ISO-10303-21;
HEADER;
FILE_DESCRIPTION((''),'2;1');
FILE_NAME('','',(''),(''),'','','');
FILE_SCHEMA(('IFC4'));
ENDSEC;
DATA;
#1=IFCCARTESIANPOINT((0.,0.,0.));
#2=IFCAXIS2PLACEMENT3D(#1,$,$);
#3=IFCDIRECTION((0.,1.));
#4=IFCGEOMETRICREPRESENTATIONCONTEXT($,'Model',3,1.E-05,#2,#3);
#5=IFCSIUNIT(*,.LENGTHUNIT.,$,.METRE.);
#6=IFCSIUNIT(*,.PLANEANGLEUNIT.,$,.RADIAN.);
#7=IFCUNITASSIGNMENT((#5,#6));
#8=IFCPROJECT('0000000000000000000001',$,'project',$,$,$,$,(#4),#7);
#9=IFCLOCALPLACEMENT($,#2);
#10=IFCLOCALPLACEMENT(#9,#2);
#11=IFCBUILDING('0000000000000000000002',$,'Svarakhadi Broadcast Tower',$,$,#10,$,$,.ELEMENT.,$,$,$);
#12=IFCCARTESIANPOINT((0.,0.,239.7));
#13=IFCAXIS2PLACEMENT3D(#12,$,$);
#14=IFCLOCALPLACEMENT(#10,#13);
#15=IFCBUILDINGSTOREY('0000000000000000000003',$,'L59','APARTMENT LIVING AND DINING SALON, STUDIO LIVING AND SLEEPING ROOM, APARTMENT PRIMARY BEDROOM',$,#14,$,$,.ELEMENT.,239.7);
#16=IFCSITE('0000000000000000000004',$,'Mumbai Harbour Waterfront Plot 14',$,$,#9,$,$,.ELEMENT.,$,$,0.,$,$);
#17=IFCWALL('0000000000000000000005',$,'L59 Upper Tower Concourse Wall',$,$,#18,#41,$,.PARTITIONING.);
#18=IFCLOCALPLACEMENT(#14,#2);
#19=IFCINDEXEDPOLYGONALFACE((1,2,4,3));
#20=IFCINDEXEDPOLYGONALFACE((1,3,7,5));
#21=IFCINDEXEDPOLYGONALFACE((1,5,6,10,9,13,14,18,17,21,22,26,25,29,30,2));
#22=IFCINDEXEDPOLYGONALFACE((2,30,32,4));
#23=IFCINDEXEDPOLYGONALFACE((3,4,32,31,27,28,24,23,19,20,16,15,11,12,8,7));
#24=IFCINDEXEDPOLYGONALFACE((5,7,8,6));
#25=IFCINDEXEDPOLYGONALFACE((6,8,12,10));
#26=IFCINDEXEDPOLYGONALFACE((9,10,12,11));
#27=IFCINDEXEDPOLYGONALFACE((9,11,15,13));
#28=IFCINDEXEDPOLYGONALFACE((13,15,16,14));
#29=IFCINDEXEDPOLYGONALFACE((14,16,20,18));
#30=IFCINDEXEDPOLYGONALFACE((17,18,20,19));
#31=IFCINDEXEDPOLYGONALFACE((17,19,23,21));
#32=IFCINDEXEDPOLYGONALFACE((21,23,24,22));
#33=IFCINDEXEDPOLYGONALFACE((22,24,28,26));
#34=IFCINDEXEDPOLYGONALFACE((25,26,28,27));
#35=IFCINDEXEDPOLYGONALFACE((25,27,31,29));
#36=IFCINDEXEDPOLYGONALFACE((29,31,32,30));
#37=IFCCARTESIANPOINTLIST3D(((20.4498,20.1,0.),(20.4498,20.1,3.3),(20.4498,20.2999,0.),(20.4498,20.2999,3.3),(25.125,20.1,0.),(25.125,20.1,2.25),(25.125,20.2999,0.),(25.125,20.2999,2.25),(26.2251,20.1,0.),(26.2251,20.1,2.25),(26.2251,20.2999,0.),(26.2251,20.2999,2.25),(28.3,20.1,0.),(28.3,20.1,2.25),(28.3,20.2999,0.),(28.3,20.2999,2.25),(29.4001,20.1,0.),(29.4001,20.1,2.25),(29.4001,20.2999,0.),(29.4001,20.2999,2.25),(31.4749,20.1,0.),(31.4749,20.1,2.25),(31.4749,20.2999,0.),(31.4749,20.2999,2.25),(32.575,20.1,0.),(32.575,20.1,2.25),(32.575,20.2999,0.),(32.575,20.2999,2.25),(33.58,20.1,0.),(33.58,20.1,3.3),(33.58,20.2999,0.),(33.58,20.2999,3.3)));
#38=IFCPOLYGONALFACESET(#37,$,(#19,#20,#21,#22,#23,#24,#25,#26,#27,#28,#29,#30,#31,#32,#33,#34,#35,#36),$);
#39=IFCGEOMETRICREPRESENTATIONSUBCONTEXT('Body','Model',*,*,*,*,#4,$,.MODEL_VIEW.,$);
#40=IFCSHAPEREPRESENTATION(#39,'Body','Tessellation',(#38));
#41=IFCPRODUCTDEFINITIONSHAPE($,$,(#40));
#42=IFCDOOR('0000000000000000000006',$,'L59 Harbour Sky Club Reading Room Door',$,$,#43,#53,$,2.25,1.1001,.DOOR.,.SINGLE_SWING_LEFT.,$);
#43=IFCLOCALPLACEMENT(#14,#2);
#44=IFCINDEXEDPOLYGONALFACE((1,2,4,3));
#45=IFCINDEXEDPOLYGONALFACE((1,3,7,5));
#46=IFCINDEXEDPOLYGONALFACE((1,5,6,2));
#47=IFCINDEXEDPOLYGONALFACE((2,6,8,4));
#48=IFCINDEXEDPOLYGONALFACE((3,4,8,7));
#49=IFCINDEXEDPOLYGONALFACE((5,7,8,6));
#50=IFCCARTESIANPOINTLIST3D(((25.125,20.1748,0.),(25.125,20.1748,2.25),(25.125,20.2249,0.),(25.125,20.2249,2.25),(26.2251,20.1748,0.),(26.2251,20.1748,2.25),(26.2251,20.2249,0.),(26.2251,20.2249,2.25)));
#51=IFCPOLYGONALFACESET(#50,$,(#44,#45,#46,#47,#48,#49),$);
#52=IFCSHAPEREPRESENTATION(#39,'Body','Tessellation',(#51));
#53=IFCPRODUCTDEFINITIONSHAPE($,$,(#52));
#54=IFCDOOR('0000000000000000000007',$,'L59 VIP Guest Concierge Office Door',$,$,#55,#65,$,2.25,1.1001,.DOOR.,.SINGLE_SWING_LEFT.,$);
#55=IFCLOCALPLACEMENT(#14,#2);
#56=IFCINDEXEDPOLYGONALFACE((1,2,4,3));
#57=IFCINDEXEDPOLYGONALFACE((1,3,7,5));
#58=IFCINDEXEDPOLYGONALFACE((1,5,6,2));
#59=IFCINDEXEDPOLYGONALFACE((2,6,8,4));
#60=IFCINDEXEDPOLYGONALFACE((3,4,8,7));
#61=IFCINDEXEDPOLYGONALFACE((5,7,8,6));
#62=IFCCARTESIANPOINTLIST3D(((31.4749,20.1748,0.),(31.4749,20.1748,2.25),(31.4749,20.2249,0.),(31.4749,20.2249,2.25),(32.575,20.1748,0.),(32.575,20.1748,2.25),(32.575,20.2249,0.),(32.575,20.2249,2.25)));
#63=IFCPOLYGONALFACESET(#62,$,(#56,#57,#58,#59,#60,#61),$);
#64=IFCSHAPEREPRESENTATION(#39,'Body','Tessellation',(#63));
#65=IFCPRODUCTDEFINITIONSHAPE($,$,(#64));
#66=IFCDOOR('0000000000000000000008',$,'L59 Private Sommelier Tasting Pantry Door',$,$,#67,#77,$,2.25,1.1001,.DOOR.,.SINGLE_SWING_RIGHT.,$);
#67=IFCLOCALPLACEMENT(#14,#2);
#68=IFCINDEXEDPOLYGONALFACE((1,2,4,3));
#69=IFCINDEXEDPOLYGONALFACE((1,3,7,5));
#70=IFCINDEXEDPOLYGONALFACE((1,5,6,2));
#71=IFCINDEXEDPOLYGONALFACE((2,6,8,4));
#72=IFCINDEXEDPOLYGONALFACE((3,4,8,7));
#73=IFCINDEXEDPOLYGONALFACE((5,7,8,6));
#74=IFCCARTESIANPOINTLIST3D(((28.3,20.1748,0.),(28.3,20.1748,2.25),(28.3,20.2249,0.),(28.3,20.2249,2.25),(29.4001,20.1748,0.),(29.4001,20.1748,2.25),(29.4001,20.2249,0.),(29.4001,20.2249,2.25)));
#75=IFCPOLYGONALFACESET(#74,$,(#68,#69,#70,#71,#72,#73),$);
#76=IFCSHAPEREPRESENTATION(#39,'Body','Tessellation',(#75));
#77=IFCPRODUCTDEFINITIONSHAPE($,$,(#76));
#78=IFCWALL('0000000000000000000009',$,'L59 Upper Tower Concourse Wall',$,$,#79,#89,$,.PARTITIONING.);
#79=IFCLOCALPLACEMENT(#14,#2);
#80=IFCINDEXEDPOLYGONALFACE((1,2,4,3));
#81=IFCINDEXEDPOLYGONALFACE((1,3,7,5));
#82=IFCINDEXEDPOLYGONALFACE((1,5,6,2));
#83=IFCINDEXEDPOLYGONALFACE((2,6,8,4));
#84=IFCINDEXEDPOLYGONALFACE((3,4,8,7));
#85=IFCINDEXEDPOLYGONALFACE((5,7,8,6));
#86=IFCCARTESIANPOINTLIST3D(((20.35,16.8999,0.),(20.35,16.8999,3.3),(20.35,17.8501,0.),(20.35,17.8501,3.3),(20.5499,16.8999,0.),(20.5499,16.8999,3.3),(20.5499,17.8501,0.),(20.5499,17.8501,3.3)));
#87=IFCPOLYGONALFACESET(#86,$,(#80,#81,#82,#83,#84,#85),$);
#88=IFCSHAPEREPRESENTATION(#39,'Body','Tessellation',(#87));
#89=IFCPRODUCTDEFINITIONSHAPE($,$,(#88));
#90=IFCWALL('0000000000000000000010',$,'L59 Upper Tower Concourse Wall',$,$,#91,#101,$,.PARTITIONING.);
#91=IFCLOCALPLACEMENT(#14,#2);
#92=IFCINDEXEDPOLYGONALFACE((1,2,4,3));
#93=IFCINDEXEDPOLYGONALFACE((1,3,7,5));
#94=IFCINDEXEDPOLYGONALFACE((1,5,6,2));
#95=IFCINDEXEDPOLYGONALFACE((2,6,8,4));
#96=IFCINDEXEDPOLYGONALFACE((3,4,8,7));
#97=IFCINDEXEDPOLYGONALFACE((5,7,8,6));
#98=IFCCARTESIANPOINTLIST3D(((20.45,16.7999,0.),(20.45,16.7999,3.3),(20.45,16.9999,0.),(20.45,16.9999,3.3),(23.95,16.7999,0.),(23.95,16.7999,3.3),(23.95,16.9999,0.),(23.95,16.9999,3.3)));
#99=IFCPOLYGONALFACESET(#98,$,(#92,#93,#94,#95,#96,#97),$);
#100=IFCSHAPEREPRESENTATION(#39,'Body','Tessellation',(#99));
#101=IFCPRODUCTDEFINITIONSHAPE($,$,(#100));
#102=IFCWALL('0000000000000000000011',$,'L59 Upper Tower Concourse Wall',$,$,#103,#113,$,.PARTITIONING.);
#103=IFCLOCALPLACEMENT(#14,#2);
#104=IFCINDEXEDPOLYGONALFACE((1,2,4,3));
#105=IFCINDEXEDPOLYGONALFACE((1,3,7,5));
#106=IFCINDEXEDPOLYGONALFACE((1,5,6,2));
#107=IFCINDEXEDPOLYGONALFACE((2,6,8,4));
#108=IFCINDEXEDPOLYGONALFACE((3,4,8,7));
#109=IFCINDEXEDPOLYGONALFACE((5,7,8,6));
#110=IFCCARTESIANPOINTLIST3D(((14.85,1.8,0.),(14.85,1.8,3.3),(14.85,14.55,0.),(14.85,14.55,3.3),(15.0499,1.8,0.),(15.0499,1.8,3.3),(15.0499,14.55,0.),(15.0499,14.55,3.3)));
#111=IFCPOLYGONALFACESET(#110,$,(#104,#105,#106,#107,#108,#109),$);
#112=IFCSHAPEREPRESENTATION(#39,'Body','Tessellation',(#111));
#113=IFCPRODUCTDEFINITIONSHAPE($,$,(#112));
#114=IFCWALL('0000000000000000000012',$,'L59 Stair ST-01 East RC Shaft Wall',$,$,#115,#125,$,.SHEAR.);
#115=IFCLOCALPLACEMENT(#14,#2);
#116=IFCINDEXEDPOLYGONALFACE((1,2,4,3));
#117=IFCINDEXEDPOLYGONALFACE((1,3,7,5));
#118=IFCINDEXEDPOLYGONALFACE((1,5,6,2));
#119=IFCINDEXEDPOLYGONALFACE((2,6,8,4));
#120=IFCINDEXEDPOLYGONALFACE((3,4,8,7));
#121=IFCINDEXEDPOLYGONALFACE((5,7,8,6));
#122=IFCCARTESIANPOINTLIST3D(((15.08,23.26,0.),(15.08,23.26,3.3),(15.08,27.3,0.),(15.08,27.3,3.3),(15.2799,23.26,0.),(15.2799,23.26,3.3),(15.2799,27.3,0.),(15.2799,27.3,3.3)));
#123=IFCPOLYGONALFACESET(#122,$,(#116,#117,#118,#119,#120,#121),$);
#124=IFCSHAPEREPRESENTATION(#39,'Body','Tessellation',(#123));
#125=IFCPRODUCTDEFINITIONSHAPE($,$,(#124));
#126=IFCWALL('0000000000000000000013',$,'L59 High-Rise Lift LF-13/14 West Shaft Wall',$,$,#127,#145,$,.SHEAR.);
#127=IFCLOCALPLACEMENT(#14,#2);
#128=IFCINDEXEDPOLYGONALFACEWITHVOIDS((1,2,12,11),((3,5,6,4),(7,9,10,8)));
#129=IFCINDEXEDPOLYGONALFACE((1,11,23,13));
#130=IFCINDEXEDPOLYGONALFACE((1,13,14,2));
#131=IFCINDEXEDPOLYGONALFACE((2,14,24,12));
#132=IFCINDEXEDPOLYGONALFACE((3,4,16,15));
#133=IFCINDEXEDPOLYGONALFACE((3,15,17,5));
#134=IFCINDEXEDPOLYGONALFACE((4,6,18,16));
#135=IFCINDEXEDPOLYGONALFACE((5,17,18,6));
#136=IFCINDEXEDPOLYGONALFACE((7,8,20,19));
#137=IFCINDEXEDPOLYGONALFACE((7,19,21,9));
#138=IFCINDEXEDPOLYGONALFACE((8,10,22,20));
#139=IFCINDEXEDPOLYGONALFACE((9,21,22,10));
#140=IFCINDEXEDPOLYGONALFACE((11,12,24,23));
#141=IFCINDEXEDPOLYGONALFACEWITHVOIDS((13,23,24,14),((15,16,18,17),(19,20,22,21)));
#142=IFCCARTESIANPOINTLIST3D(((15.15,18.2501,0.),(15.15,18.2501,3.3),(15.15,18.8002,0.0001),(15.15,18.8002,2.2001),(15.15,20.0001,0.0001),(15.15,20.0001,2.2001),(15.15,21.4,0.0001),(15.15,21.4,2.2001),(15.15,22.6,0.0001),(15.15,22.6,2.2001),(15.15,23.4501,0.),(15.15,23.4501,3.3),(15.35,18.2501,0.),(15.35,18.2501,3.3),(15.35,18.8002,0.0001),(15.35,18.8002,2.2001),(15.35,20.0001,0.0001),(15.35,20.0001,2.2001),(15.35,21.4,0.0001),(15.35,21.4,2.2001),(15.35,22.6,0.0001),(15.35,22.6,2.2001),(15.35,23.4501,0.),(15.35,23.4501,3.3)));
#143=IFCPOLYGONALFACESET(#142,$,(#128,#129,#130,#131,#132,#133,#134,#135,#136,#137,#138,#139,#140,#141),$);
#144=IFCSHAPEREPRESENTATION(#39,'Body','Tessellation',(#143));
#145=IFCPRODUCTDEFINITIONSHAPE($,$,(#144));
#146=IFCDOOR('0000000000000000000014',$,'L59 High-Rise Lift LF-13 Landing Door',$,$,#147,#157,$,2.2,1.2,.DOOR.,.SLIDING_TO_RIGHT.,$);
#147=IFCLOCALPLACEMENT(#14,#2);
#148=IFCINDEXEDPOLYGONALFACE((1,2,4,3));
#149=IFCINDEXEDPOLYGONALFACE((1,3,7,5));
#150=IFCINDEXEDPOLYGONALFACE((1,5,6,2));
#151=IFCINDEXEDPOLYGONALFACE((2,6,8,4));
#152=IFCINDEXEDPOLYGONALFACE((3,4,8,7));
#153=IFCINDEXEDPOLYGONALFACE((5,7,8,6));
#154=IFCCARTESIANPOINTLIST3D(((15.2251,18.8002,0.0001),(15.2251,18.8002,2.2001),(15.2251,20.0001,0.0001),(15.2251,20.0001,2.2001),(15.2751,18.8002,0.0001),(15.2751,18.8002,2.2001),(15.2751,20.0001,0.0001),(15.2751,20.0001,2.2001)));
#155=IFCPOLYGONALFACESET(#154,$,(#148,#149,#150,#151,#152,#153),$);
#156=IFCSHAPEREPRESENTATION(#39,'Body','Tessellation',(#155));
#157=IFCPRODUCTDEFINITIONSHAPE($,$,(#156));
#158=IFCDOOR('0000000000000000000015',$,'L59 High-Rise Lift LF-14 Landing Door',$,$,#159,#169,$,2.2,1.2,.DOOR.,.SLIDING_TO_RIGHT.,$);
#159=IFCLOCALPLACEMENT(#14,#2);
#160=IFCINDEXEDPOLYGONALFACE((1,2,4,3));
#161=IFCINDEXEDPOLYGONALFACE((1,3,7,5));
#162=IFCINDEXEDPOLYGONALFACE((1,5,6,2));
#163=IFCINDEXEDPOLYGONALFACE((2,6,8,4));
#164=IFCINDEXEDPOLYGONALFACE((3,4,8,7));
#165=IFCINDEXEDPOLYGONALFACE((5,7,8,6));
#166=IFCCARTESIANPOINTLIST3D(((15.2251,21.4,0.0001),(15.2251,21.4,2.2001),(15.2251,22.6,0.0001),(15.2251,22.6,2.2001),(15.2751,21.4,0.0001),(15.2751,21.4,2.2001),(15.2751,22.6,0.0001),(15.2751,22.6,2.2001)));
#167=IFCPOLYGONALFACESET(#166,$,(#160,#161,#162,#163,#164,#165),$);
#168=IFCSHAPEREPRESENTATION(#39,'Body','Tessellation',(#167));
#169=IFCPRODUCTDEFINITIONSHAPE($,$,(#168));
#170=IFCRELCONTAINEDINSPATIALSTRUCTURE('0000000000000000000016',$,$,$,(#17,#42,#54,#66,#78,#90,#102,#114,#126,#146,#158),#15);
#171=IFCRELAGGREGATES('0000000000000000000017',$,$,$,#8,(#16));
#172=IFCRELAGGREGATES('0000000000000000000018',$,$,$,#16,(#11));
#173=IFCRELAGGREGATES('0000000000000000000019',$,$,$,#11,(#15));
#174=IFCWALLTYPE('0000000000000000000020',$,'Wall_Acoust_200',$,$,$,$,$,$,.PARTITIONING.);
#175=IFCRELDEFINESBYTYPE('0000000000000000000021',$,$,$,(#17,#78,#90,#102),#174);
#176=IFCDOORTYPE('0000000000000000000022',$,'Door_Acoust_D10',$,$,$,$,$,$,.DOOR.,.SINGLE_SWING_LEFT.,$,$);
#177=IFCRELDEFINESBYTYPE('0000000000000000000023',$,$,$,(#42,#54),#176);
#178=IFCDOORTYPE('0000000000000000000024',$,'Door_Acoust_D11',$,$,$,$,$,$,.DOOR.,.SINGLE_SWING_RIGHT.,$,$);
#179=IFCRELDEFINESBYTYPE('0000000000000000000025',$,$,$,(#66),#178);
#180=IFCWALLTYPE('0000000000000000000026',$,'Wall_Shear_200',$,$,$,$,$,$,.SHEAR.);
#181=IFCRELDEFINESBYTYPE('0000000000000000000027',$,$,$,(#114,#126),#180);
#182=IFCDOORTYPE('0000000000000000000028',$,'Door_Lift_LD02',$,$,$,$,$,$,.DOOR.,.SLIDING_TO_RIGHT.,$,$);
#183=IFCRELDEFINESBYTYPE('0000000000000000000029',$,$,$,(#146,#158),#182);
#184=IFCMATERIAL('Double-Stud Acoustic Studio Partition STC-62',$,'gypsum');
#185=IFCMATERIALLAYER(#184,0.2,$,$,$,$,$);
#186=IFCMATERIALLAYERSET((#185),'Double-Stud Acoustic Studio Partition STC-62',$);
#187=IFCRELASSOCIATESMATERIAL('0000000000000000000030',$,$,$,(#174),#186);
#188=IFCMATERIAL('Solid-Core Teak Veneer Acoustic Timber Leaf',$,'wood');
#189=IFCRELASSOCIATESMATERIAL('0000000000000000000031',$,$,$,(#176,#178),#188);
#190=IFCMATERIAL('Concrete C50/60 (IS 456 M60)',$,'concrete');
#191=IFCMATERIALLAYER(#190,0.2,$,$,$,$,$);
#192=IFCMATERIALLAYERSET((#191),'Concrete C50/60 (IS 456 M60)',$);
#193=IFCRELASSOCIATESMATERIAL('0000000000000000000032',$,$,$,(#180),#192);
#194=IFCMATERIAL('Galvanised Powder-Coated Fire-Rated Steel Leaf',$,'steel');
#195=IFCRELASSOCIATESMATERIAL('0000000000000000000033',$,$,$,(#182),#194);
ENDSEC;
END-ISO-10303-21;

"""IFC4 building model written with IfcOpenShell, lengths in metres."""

from ifc_helpers import new_model, si_unit, direction, frame, frame_2d, origin, place, context, subcontext, project, spatial, rectangle, extrude, material, layer, layer_set, type_object, element, fill, save


model = new_model("IFC4")

# Units and contexts
model_context = context("Model", 3, precision=1e-05, world=origin(), true_north=direction((0.0, 1.0)))
body_context = subcontext(model_context, "Body", "Model", "MODEL_VIEW")
ifc_project = project(units=[si_unit("LENGTHUNIT", "METRE"), si_unit("PLANEANGLEUNIT", "RADIAN")], contexts=[model_context])

# Site, building, storey
site_placement = place(None, origin())
site = spatial("IfcSite", under=ifc_project, at=site_placement, Name="Mumbai Harbour Waterfront Plot 14", CompositionType="ELEMENT", RefElevation=0.0)
building_placement = place(site_placement, origin())
building = spatial("IfcBuilding", under=site, at=building_placement, Name="Svarakhadi Broadcast Tower", CompositionType="ELEMENT")
storey_placement = place(building_placement, frame((0.0, 0.0, 239.7)))
storey = spatial("IfcBuildingStorey", under=building, at=storey_placement, Name="L59", Description="APARTMENT LIVING AND DINING SALON, STUDIO LIVING AND SLEEPING ROOM, APARTMENT PRIMARY BEDROOM", CompositionType="ELEMENT", Elevation=239.7)

# Shared definitions
ifc_material_1 = material(Name="Concrete C50/60 (IS 456 M60)", Category="concrete")

# Shared definitions
ifc_material_2 = material(Name="Double-Stud Acoustic Studio Partition STC-62", Category="gypsum")
ifc_layer_1 = layer(ifc_material_2, 0.2)
ifc_layer_set_1 = layer_set([ifc_layer_1], Name="Double-Stud Acoustic Studio Partition STC-62")
wall_type_1 = type_object("IfcWallType", Name="Wall_Acoust_200", PredefinedType="PARTITIONING", material=ifc_layer_set_1)

# Wall, openings, doors
wall_1_placement = place(storey_placement, frame((20.45, 20.2, 0.0), z_axis=(0.0, 0.0, 1.0), x_axis=(1.0, 0.0, 0.0)))
wall_1 = element("IfcWall", 1, at=wall_1_placement, inside=storey, type_object=wall_type_1, Name="L59 Upper Tower Concourse Wall", PredefinedType="PARTITIONING", context=body_context, shape_type="SweptSolid", body=[
    extrude(rectangle(XDim=13.1301, YDim=0.2, at=frame_2d((6.5649, 0.0))), origin(), (0.0, 0.0, 1.0), 3.3),
])
opening_1_placement = place(wall_1_placement, frame((4.675, 0.0, 0.0)))
opening_1 = element("IfcOpeningElement", 2, at=opening_1_placement, cuts=wall_1, PredefinedType="OPENING", context=body_context, shape_type="SweptSolid", body=[
    extrude(rectangle(XDim=1.1001, YDim=2.25, at=frame_2d((0.55, 1.125))), frame((0.0, 0.1099, 0.0), z_axis=(0.0, -1.0, 0.0), x_axis=(1.0, 0.0, 0.0)), (0.0, 0.0, 1.0), 0.22),
])
opening_2_placement = place(wall_1_placement, frame((7.8501, 0.0, 0.0)))
opening_2 = element("IfcOpeningElement", 3, at=opening_2_placement, cuts=wall_1, PredefinedType="OPENING", context=body_context, shape_type="SweptSolid", body=[
    extrude(rectangle(XDim=1.1001, YDim=2.25, at=frame_2d((0.55, 1.125))), frame((0.0, 0.1099, 0.0), z_axis=(0.0, -1.0, 0.0), x_axis=(1.0, 0.0, 0.0)), (0.0, 0.0, 1.0), 0.22),
])
opening_3_placement = place(wall_1_placement, frame((11.0249, 0.0, 0.0)))
opening_3 = element("IfcOpeningElement", 4, at=opening_3_placement, cuts=wall_1, PredefinedType="OPENING", context=body_context, shape_type="SweptSolid", body=[
    extrude(rectangle(XDim=1.1001, YDim=2.25, at=frame_2d((0.55, 1.125))), frame((0.0, 0.1099, 0.0), z_axis=(0.0, -1.0, 0.0), x_axis=(1.0, 0.0, 0.0)), (0.0, 0.0, 1.0), 0.22),
])
ifc_material_3 = material(Name="Solid-Core Teak Veneer Acoustic Timber Leaf", Category="wood")
door_type_1 = type_object("IfcDoorType", Name="Door_Acoust_D10", OperationType="SINGLE_SWING_LEFT", PredefinedType="DOOR", material=ifc_material_3)
door_1_placement = place(opening_1_placement, origin())
door_1 = element("IfcDoor", 5, at=door_1_placement, inside=storey, type_object=door_type_1, Name="L59 Harbour Sky Club Reading Room Door", OperationType="SINGLE_SWING_LEFT", OverallHeight=2.25, OverallWidth=1.1001, PredefinedType="DOOR", context=body_context, shape_type="SweptSolid", body=[
    extrude(rectangle(XDim=1.1001, YDim=2.25, at=frame_2d((0.55, 1.125))), frame((0.0, 0.0249, 0.0), z_axis=(0.0, -1.0, 0.0), x_axis=(1.0, 0.0, 0.0)), (0.0, 0.0, 1.0), 0.05),
])
fill(opening_1, door_1)
door_2_placement = place(opening_3_placement, origin())
door_2 = element("IfcDoor", 6, at=door_2_placement, inside=storey, type_object=door_type_1, Name="L59 VIP Guest Concierge Office Door", OperationType="SINGLE_SWING_LEFT", OverallHeight=2.25, OverallWidth=1.1001, PredefinedType="DOOR", context=body_context, shape_type="SweptSolid", body=[
    extrude(rectangle(XDim=1.1001, YDim=2.25, at=frame_2d((0.55, 1.125))), frame((0.0, 0.0249, 0.0), z_axis=(0.0, -1.0, 0.0), x_axis=(1.0, 0.0, 0.0)), (0.0, 0.0, 1.0), 0.05),
])
fill(opening_3, door_2)
door_type_2 = type_object("IfcDoorType", Name="Door_Acoust_D11", OperationType="SINGLE_SWING_RIGHT", PredefinedType="DOOR", material=ifc_material_3)
door_3_placement = place(opening_2_placement, origin())
door_3 = element("IfcDoor", 7, at=door_3_placement, inside=storey, type_object=door_type_2, Name="L59 Private Sommelier Tasting Pantry Door", OperationType="SINGLE_SWING_RIGHT", OverallHeight=2.25, OverallWidth=1.1001, PredefinedType="DOOR", context=body_context, shape_type="SweptSolid", body=[
    extrude(rectangle(XDim=1.1001, YDim=2.25, at=frame_2d((0.55, 1.125))), frame((0.0, 0.0249, 0.0), z_axis=(0.0, -1.0, 0.0), x_axis=(1.0, 0.0, 0.0)), (0.0, 0.0, 1.0), 0.05),
])
fill(opening_2, door_3)

# Walls
wall_2_placement = place(storey_placement, frame((20.45, 17.8501, 0.0), z_axis=(0.0, 0.0, 1.0), x_axis=(0.0, -1.0, 0.0)))
element("IfcWall", 8, at=wall_2_placement, inside=storey, type_object=wall_type_1, Name="L59 Upper Tower Concourse Wall", PredefinedType="PARTITIONING", context=body_context, shape_type="SweptSolid", body=[
    extrude(rectangle(XDim=0.9502, YDim=0.2, at=frame_2d((0.4751, 0.0))), origin(), (0.0, 0.0, 1.0), 3.3),
])
wall_3_placement = place(storey_placement, frame((20.45, 16.8999, 0.0), z_axis=(0.0, 0.0, 1.0), x_axis=(1.0, 0.0, 0.0)))
element("IfcWall", 9, at=wall_3_placement, inside=storey, type_object=wall_type_1, Name="L59 Upper Tower Concourse Wall", PredefinedType="PARTITIONING", context=body_context, shape_type="SweptSolid", body=[
    extrude(rectangle(XDim=3.5, YDim=0.2, at=frame_2d((1.75, 0.0))), origin(), (0.0, 0.0, 1.0), 3.3),
])
wall_4_placement = place(storey_placement, frame((14.95, 14.55, 0.0), z_axis=(0.0, 0.0, 1.0), x_axis=(0.0, -1.0, 0.0)))
element("IfcWall", 10, at=wall_4_placement, inside=storey, type_object=wall_type_1, Name="L59 Upper Tower Concourse Wall", PredefinedType="PARTITIONING", context=body_context, shape_type="SweptSolid", body=[
    extrude(rectangle(XDim=12.75, YDim=0.2, at=frame_2d((6.375, 0.0))), origin(), (0.0, 0.0, 1.0), 3.3),
])
ifc_layer_2 = layer(ifc_material_1, 0.2)
ifc_layer_set_2 = layer_set([ifc_layer_2], Name="Concrete C50/60 (IS 456 M60)")
wall_type_2 = type_object("IfcWallType", Name="Wall_Shear_200", PredefinedType="SHEAR", material=ifc_layer_set_2)
wall_5_placement = place(storey_placement, frame((15.1799, 23.26, 0.0), z_axis=(0.0, 0.0, 1.0), x_axis=(0.0, 1.0, 0.0)))
element("IfcWall", 11, at=wall_5_placement, inside=storey, type_object=wall_type_2, Name="L59 Stair ST-01 East RC Shaft Wall", PredefinedType="SHEAR", context=body_context, shape_type="SweptSolid", body=[
    extrude(rectangle(XDim=4.04, YDim=0.2, at=frame_2d((2.02, 0.0))), origin(), (0.0, 0.0, 1.0), 3.3),
])

# Shared definitions
ifc_material_4 = material(Name="Galvanised Powder-Coated Fire-Rated Steel Leaf", Category="steel")

# Wall, openings, doors
wall_6_placement = place(storey_placement, frame((15.25, 18.25, 0.0), z_axis=(0.0, 0.0, 1.0), x_axis=(0.0, 1.0, 0.0)))
wall_6 = element("IfcWall", 12, at=wall_6_placement, inside=storey, type_object=wall_type_2, Name="L59 High-Rise Lift LF-13/14 West Shaft Wall", PredefinedType="SHEAR", context=body_context, shape_type="SweptSolid", body=[
    extrude(rectangle(XDim=5.2, YDim=0.2, at=frame_2d((2.6001, 0.0))), origin(), (0.0, 0.0, 1.0), 3.3),
])
opening_4_placement = place(wall_6_placement, frame((0.55, 0.0, 0.0)))
opening_4 = element("IfcOpeningElement", 13, at=opening_4_placement, cuts=wall_6, PredefinedType="OPENING", context=body_context, shape_type="SweptSolid", body=[
    extrude(rectangle(XDim=1.2, YDim=2.2, at=frame_2d((0.6001, 1.1001))), frame((0.0, 0.1099, 0.0), z_axis=(0.0, -1.0, 0.0), x_axis=(1.0, 0.0, 0.0)), (0.0, 0.0, 1.0), 0.22),
])
opening_5_placement = place(wall_6_placement, frame((3.1499, 0.0, 0.0)))
opening_5 = element("IfcOpeningElement", 14, at=opening_5_placement, cuts=wall_6, PredefinedType="OPENING", context=body_context, shape_type="SweptSolid", body=[
    extrude(rectangle(XDim=1.2, YDim=2.2, at=frame_2d((0.6001, 1.1001))), frame((0.0, 0.1099, 0.0), z_axis=(0.0, -1.0, 0.0), x_axis=(1.0, 0.0, 0.0)), (0.0, 0.0, 1.0), 0.22),
])
door_type_3 = type_object("IfcDoorType", Name="Door_Lift_LD02", OperationType="SLIDING_TO_RIGHT", PredefinedType="DOOR", material=ifc_material_4)
door_4_placement = place(opening_4_placement, origin())
door_4 = element("IfcDoor", 15, at=door_4_placement, inside=storey, type_object=door_type_3, Name="L59 High-Rise Lift LF-13 Landing Door", OperationType="SLIDING_TO_RIGHT", OverallHeight=2.2, OverallWidth=1.2, PredefinedType="DOOR", context=body_context, shape_type="SweptSolid", body=[
    extrude(rectangle(XDim=1.2, YDim=2.2, at=frame_2d((0.6001, 1.1001))), frame((0.0, 0.0249, 0.0), z_axis=(0.0, -1.0, 0.0), x_axis=(1.0, 0.0, 0.0)), (0.0, 0.0, 1.0), 0.05),
])
fill(opening_4, door_4)
door_5_placement = place(opening_5_placement, origin())
door_5 = element("IfcDoor", 16, at=door_5_placement, inside=storey, type_object=door_type_3, Name="L59 High-Rise Lift LF-14 Landing Door", OperationType="SLIDING_TO_RIGHT", OverallHeight=2.2, OverallWidth=1.2, PredefinedType="DOOR", context=body_context, shape_type="SweptSolid", body=[
    extrude(rectangle(XDim=1.2, YDim=2.2, at=frame_2d((0.6001, 1.1001))), frame((0.0, 0.0249, 0.0), z_axis=(0.0, -1.0, 0.0), x_axis=(1.0, 0.0, 0.0)), (0.0, 0.0, 1.0), 0.05),
])
fill(opening_5, door_5)

save(model, "model.ifc")
